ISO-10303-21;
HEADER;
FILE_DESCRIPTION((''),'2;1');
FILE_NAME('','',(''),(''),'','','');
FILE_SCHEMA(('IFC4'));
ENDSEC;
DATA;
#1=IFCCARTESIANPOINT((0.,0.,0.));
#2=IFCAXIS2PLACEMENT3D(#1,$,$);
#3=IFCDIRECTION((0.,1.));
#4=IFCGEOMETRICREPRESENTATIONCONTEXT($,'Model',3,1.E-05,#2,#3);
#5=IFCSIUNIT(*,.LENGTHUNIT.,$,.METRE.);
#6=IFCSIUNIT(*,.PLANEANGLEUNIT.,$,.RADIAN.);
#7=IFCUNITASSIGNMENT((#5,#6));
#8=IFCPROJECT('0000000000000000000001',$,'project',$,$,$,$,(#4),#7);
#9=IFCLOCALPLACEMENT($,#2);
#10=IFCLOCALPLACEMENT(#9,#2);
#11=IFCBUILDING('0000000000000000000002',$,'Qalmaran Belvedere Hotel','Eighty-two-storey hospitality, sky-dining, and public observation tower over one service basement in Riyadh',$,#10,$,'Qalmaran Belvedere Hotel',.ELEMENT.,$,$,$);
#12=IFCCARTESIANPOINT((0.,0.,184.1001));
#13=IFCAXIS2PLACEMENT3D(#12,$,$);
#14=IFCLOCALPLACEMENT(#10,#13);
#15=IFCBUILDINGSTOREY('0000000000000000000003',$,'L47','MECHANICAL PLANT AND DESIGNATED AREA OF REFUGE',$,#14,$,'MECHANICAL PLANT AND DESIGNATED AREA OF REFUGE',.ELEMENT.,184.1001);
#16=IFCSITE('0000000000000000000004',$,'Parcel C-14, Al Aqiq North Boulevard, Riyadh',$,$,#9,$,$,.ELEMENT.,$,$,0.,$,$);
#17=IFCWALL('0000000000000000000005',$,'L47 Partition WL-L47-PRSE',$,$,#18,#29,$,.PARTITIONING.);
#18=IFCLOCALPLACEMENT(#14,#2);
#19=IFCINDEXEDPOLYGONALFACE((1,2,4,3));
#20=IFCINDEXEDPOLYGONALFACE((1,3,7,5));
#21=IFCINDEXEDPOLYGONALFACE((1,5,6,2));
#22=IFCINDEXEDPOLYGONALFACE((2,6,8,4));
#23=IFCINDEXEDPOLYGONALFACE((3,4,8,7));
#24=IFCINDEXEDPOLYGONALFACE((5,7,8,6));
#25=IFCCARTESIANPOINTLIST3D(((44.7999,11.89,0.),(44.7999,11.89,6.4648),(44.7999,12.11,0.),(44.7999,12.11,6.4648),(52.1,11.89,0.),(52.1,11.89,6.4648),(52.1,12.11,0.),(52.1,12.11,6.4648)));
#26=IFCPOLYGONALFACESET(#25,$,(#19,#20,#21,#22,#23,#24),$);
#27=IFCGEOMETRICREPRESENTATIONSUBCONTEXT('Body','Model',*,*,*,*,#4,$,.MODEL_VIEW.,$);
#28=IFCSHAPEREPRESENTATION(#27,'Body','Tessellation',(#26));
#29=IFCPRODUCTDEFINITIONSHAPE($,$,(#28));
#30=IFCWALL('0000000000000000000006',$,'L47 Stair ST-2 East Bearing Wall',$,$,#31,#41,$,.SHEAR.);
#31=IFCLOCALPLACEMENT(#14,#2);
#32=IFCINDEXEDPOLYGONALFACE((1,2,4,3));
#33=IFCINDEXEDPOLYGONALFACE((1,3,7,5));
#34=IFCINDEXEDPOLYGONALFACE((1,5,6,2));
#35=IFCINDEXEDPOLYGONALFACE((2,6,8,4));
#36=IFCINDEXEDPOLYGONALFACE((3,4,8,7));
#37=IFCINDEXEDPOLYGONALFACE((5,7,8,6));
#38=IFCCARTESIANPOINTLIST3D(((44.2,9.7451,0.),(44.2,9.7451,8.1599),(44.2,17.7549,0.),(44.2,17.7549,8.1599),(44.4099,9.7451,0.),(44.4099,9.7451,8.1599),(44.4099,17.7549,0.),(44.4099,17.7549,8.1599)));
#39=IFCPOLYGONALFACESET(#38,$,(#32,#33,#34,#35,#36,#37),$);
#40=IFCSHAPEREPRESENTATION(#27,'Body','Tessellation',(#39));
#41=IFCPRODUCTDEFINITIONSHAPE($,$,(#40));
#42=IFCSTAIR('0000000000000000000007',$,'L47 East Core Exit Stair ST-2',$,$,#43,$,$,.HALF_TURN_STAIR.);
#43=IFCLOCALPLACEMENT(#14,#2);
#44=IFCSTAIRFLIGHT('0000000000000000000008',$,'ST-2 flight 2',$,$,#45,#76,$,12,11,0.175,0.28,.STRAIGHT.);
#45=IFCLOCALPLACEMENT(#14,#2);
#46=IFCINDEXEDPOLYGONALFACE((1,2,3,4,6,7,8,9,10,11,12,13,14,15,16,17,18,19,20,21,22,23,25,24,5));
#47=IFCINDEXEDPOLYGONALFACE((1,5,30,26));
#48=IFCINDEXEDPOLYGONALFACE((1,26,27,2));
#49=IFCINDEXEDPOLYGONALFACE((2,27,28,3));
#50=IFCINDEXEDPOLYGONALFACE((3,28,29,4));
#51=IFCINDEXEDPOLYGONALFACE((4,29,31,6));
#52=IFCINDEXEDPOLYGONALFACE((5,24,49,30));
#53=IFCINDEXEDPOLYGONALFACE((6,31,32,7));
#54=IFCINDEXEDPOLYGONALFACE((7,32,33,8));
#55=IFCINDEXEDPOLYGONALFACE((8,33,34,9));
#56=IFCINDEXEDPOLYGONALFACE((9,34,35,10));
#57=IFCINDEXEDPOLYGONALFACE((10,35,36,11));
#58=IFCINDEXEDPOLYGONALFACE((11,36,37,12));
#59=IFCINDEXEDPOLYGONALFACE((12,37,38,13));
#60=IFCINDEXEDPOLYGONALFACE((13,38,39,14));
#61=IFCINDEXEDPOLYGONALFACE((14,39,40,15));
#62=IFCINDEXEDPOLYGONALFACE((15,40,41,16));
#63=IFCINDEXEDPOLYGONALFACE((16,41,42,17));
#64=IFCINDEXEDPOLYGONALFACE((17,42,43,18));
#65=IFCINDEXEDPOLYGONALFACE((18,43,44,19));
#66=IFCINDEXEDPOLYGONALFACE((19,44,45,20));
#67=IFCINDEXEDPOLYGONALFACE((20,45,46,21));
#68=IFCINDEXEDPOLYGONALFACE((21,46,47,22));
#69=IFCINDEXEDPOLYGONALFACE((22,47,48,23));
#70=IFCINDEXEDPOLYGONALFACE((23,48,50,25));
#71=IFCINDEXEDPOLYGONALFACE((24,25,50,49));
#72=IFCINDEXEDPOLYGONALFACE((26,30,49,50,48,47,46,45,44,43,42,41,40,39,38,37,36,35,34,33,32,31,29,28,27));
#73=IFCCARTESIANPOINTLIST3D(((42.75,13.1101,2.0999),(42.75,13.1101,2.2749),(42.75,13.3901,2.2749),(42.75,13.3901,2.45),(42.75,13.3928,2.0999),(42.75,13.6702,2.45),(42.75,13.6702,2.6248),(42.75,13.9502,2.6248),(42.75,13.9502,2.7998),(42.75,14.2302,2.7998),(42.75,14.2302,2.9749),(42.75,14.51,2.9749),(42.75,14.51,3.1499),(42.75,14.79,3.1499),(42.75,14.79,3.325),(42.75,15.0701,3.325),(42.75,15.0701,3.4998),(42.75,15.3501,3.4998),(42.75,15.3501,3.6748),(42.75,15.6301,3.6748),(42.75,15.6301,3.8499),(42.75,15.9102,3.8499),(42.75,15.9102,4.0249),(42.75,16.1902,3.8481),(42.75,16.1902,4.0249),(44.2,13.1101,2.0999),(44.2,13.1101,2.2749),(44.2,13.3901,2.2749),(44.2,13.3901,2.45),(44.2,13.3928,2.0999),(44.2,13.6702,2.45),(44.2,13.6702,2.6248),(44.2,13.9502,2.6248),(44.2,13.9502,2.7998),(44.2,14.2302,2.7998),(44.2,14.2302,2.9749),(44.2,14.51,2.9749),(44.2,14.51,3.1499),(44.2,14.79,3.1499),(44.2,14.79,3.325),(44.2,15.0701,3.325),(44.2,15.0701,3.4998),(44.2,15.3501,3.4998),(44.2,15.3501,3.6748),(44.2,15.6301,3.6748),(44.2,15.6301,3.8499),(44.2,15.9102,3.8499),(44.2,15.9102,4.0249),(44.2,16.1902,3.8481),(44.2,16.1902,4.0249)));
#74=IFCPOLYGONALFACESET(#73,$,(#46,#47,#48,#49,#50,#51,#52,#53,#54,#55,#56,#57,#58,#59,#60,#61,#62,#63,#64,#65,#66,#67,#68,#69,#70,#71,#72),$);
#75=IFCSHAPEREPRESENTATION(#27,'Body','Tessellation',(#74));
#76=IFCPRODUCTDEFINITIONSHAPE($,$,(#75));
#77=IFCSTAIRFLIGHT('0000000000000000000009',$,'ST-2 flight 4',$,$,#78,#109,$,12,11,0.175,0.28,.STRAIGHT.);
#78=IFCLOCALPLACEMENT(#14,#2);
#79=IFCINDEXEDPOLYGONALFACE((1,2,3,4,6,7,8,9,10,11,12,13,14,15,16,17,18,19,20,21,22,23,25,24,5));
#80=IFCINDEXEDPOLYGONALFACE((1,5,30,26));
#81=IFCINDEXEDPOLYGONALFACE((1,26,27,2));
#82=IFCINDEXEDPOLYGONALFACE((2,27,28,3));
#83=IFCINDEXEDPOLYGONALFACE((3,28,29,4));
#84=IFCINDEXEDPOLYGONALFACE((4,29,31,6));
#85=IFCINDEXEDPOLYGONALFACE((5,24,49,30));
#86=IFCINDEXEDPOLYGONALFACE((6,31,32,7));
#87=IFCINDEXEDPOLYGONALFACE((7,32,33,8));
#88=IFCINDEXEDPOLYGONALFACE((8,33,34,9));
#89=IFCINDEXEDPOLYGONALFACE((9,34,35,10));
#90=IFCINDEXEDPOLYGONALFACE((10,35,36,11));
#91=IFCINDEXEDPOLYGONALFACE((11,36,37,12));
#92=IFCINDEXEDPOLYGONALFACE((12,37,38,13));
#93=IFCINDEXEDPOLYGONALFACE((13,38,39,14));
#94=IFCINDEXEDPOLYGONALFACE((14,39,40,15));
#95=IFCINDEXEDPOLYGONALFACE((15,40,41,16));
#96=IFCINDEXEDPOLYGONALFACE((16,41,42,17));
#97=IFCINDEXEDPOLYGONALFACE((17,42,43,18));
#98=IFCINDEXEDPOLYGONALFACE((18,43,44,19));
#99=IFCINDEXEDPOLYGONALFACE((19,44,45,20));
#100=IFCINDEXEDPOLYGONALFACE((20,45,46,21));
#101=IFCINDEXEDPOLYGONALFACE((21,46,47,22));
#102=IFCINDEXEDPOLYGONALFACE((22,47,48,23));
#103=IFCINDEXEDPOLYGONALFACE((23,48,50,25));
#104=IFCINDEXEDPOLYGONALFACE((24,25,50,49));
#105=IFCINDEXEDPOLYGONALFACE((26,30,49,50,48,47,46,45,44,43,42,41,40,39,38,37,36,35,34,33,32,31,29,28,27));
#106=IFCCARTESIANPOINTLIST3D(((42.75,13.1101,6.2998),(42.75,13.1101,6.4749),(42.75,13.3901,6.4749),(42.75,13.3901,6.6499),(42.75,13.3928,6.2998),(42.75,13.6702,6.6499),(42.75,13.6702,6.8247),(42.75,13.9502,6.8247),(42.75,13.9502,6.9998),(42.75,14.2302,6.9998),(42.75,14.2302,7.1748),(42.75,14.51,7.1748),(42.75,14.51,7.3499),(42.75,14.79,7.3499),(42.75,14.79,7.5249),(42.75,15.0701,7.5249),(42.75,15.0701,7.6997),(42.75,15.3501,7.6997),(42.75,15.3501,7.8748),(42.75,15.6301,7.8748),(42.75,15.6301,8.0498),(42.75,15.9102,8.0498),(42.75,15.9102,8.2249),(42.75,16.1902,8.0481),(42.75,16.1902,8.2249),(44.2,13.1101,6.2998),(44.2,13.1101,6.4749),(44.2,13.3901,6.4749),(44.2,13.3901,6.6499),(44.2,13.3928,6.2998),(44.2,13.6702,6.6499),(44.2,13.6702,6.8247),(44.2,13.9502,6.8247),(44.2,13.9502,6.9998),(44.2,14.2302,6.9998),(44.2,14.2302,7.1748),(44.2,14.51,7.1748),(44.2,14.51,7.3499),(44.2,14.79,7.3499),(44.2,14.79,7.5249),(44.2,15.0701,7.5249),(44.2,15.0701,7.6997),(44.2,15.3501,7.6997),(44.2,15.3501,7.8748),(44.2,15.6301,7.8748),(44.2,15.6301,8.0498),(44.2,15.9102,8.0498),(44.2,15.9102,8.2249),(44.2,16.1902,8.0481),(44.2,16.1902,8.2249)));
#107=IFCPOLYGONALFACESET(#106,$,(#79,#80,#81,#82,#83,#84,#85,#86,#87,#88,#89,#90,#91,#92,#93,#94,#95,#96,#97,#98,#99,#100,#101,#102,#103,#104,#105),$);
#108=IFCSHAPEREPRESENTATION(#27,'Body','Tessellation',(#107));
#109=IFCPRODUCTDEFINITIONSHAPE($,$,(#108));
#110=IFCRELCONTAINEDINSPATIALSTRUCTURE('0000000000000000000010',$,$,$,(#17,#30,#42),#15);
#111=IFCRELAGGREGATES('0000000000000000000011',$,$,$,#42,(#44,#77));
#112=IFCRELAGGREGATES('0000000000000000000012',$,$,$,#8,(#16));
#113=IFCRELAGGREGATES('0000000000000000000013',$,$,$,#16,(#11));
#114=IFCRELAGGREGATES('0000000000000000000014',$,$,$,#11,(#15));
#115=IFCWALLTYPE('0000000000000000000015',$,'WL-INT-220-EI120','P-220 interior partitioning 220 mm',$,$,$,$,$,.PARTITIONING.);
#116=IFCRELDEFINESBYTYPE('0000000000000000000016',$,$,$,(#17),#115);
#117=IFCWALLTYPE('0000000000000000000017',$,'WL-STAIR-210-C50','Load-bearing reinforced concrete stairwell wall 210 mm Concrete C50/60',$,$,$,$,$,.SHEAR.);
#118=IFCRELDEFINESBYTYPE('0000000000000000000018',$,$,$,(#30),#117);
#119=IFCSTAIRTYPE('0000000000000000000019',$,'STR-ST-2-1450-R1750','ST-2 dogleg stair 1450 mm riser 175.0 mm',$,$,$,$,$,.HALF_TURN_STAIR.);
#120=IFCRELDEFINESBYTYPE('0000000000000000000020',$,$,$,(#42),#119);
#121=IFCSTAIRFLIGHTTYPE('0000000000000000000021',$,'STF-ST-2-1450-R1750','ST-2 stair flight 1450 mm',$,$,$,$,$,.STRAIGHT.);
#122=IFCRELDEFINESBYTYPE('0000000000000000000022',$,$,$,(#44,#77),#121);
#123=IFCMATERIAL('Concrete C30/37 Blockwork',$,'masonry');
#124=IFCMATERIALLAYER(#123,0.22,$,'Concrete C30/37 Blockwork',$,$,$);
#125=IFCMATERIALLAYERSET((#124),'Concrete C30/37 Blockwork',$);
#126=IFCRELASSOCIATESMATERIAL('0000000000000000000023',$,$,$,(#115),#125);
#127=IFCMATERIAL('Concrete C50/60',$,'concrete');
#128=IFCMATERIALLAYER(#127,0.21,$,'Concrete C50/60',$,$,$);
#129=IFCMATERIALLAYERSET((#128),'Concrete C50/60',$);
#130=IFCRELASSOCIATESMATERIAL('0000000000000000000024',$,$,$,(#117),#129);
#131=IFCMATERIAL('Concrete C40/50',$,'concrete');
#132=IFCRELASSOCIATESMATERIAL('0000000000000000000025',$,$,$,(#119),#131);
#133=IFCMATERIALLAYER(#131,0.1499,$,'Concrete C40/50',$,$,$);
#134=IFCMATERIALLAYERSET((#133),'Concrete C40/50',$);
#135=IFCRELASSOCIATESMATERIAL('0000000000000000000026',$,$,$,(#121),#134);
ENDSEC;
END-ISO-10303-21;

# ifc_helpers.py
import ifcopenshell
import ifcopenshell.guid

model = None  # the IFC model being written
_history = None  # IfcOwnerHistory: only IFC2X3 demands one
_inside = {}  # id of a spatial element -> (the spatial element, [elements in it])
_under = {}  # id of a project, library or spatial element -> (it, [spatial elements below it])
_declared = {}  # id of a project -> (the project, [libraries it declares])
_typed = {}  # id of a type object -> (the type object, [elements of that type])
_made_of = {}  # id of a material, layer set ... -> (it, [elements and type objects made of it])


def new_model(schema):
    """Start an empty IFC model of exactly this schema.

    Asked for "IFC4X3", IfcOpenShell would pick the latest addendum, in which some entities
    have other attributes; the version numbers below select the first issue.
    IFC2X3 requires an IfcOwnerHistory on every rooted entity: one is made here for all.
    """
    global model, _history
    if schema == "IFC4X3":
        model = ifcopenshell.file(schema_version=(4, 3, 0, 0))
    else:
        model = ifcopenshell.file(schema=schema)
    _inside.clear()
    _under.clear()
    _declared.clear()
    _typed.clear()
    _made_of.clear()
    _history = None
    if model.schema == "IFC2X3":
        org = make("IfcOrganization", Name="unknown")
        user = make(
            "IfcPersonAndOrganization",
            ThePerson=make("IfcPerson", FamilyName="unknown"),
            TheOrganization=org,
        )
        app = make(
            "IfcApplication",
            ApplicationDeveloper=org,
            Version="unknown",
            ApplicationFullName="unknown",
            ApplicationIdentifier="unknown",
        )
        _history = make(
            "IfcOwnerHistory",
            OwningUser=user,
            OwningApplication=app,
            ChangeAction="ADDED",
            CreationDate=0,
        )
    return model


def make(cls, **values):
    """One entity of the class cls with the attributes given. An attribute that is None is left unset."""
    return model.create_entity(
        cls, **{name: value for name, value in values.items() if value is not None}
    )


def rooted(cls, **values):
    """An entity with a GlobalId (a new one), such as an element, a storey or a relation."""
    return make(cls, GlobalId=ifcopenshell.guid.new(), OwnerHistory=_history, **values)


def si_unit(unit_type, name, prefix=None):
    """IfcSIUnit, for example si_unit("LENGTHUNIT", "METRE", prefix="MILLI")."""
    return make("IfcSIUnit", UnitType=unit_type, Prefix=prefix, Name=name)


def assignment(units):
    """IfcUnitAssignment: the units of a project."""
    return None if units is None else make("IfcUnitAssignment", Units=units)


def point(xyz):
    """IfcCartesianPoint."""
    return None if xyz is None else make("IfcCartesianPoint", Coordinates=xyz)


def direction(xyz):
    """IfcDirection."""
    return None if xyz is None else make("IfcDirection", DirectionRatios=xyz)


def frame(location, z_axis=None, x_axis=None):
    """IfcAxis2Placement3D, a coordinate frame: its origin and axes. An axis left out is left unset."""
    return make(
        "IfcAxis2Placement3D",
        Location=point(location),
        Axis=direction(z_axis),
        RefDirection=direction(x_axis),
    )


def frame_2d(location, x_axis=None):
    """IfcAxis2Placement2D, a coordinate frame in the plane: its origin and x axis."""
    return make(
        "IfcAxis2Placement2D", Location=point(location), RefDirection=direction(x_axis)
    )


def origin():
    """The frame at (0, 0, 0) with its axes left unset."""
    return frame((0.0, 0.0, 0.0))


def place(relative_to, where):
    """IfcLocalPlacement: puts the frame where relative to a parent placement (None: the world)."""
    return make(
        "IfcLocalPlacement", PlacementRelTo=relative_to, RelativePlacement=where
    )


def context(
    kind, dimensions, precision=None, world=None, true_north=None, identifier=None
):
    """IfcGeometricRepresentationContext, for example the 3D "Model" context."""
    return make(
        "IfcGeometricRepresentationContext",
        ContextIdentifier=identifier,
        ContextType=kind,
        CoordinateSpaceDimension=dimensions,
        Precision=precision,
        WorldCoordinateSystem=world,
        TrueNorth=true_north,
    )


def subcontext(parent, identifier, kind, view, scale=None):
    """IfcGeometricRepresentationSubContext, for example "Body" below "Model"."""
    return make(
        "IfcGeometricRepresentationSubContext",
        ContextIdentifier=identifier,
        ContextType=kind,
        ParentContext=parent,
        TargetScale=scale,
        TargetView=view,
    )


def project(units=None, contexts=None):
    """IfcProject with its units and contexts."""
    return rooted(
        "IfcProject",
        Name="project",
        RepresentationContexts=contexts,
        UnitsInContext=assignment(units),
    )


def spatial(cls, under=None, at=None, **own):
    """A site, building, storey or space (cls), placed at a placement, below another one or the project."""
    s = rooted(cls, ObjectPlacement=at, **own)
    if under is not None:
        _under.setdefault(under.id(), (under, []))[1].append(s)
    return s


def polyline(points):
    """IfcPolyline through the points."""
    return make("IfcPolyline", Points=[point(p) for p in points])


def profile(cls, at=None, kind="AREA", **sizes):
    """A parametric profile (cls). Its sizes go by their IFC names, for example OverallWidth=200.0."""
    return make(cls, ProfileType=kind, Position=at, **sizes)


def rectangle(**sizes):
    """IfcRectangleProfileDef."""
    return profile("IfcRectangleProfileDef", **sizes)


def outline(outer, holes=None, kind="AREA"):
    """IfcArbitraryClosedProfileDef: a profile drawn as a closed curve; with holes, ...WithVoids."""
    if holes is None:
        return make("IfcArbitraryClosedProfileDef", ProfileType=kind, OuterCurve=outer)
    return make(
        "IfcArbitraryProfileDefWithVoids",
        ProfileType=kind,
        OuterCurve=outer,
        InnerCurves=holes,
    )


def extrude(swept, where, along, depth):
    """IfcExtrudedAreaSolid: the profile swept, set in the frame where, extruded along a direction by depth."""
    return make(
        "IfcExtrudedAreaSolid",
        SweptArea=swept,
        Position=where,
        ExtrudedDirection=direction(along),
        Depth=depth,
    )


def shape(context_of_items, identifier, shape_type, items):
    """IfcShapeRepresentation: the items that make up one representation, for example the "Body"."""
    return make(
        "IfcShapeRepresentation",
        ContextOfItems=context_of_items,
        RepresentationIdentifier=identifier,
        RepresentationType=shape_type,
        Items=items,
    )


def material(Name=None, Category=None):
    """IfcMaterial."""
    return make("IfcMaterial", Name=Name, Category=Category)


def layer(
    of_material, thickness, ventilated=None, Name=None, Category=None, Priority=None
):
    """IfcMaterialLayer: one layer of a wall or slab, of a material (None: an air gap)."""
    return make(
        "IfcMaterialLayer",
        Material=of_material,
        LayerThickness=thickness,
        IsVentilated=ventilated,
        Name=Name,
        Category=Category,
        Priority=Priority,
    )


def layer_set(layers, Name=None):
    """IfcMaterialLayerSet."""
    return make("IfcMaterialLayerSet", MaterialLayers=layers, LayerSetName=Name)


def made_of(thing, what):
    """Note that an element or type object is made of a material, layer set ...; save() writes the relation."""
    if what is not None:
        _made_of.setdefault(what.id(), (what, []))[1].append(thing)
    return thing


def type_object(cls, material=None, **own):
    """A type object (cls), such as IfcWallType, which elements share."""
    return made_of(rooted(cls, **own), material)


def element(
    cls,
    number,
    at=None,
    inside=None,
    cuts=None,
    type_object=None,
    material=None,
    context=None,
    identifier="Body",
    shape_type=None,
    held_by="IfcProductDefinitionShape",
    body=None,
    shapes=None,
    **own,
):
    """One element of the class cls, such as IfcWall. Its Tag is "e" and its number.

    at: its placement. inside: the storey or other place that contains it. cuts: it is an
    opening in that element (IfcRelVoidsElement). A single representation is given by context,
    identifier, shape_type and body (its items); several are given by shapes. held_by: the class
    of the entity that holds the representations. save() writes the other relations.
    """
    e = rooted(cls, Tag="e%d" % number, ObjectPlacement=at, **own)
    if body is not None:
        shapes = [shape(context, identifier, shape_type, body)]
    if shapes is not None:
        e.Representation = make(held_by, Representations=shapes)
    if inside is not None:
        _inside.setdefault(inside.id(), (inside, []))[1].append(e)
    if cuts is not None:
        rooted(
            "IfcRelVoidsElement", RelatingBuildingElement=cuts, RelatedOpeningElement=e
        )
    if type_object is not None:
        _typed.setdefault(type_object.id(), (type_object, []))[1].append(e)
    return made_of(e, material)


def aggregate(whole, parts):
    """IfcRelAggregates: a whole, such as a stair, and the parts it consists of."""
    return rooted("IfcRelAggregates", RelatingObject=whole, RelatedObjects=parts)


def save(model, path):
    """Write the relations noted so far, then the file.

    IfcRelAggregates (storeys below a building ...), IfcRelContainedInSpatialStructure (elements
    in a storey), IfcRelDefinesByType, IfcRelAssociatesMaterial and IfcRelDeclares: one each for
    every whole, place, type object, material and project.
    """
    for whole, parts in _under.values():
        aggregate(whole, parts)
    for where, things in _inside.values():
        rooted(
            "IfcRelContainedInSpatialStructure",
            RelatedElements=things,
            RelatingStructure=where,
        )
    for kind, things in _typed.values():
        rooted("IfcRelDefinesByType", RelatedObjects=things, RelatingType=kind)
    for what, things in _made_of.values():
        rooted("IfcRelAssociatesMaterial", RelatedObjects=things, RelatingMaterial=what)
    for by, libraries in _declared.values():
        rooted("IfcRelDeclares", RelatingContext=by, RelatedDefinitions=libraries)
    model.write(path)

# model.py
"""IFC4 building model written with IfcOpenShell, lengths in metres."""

from ifc_helpers import new_model, si_unit, direction, frame, frame_2d, origin, place, context, subcontext, project, spatial, polyline, rectangle, outline, extrude, material, layer, layer_set, type_object, element, aggregate, save


model = new_model("IFC4")

# Units and contexts
model_context = context("Model", 3, precision=1e-05, world=origin(), true_north=direction((0.0, 1.0)))
body_context = subcontext(model_context, "Body", "Model", "MODEL_VIEW")
ifc_project = project(units=[si_unit("LENGTHUNIT", "METRE"), si_unit("PLANEANGLEUNIT", "RADIAN")], contexts=[model_context])

# Site, building, storey
site_placement = place(None, origin())
site = spatial("IfcSite", under=ifc_project, at=site_placement, Name="Parcel C-14, Al Aqiq North Boulevard, Riyadh", CompositionType="ELEMENT", RefElevation=0.0)
building_placement = place(site_placement, origin())
building = spatial("IfcBuilding", under=site, at=building_placement, Name="Qalmaran Belvedere Hotel", Description="Eighty-two-storey hospitality, sky-dining, and public observation tower over one service basement in Riyadh", LongName="Qalmaran Belvedere Hotel", CompositionType="ELEMENT")
storey_placement = place(building_placement, frame((0.0, 0.0, 184.1001)))
storey = spatial("IfcBuildingStorey", under=building, at=storey_placement, Name="L47", Description="MECHANICAL PLANT AND DESIGNATED AREA OF REFUGE", LongName="MECHANICAL PLANT AND DESIGNATED AREA OF REFUGE", CompositionType="ELEMENT", Elevation=184.1001)

# Shared definitions
ifc_material_1 = material(Name="Concrete C50/60", Category="concrete")

# Shared definitions
ifc_material_2 = material(Name="Concrete C30/37 Blockwork", Category="masonry")

# Walls
ifc_layer_1 = layer(ifc_material_2, 0.22, Name="Concrete C30/37 Blockwork")
ifc_layer_set_1 = layer_set([ifc_layer_1], Name="Concrete C30/37 Blockwork")
wall_type_1 = type_object("IfcWallType", Name="WL-INT-220-EI120", Description="P-220 interior partitioning 220 mm", PredefinedType="PARTITIONING", material=ifc_layer_set_1)
wall_1_placement = place(storey_placement, frame((44.8, 12.0, 0.0), z_axis=(0.0, 0.0, 1.0), x_axis=(1.0, 0.0, 0.0)))
element("IfcWall", 1, at=wall_1_placement, inside=storey, type_object=wall_type_1, Name="L47 Partition WL-L47-PRSE", PredefinedType="PARTITIONING", context=body_context, shape_type="SweptSolid", body=[
    extrude(rectangle(XDim=7.3, YDim=0.22, at=frame_2d((3.6499, 0.0))), origin(), (0.0, 0.0, 1.0), 6.4648),
])
ifc_layer_2 = layer(ifc_material_1, 0.21, Name="Concrete C50/60")
ifc_layer_set_2 = layer_set([ifc_layer_2], Name="Concrete C50/60")
wall_type_2 = type_object("IfcWallType", Name="WL-STAIR-210-C50", Description="Load-bearing reinforced concrete stairwell wall 210 mm Concrete C50/60", PredefinedType="SHEAR", material=ifc_layer_set_2)
wall_2_placement = place(storey_placement, frame((44.3049, 9.7451, 0.0), z_axis=(0.0, 0.0, 1.0), x_axis=(0.0, 1.0, 0.0)))
element("IfcWall", 2, at=wall_2_placement, inside=storey, type_object=wall_type_2, Name="L47 Stair ST-2 East Bearing Wall", PredefinedType="SHEAR", context=body_context, shape_type="SweptSolid", body=[
    extrude(rectangle(XDim=8.0098, YDim=0.21, at=frame_2d((4.0049, 0.0))), origin(), (0.0, 0.0, 1.0), 8.1599),
])

# Stair, stair flights
ifc_material_3 = material(Name="Concrete C40/50", Category="concrete")
stair_type = type_object("IfcStairType", Name="STR-ST-2-1450-R1750", Description="ST-2 dogleg stair 1450 mm riser 175.0 mm", PredefinedType="HALF_TURN_STAIR", material=ifc_material_3)
stair_placement = place(storey_placement, origin())
stair = element("IfcStair", 3, at=stair_placement, inside=storey, type_object=stair_type, Name="L47 East Core Exit Stair ST-2", PredefinedType="HALF_TURN_STAIR")
ifc_layer_3 = layer(ifc_material_3, 0.1499, Name="Concrete C40/50")
ifc_layer_set_3 = layer_set([ifc_layer_3], Name="Concrete C40/50")
stair_flight_type = type_object("IfcStairFlightType", Name="STF-ST-2-1450-R1750", Description="ST-2 stair flight 1450 mm", PredefinedType="STRAIGHT", material=ifc_layer_set_3)
stair_flight_1_placement = place(storey_placement, frame((43.4751, 13.1101, 2.0999), z_axis=(0.0, 0.0, 1.0), x_axis=(0.0, 1.0, 0.0)))
stair_flight_1 = element("IfcStairFlight", 4, at=stair_flight_1_placement, type_object=stair_flight_type, Name="ST-2 flight 2", NumberOfRisers=12, NumberOfTreads=11, PredefinedType="STRAIGHT", RiserHeight=0.175, TreadLength=0.28, context=body_context, shape_type="SweptSolid", body=[
    extrude(outline(polyline([(0.0, 0.0), (0.0, 0.175), (0.28, 0.175), (0.28, 0.3501), (0.5601, 0.3501), (0.5601, 0.5249), (0.8401, 0.5249), (0.8401, 0.7), (1.1201, 0.7), (1.1201, 0.875), (1.3999, 0.875), (1.3999, 1.05), (1.6799, 1.05), (1.6799, 1.2251), (1.96, 1.2251), (1.96, 1.3999), (2.24, 1.3999), (2.24, 1.575), (2.52, 1.575), (2.52, 1.75), (2.8, 1.75), (2.8, 1.925), (3.0801, 1.925), (3.0801, 2.1001), (3.0801, 1.7483), (0.2827, 0.0), (0.0, 0.0)])), frame((0.0, 0.7251, 0.0), z_axis=(0.0, -1.0, 0.0), x_axis=(1.0, 0.0, 0.0)), (0.0, 0.0, 1.0), 1.45),
])
stair_flight_2_placement = place(storey_placement, frame((43.4751, 13.1101, 6.2998), z_axis=(0.0, 0.0, 1.0), x_axis=(0.0, 1.0, 0.0)))
stair_flight_2 = element("IfcStairFlight", 5, at=stair_flight_2_placement, type_object=stair_flight_type, Name="ST-2 flight 4", NumberOfRisers=12, NumberOfTreads=11, PredefinedType="STRAIGHT", RiserHeight=0.175, TreadLength=0.28, context=body_context, shape_type="SweptSolid", body=[
    extrude(outline(polyline([(0.0, 0.0), (0.0, 0.175), (0.28, 0.175), (0.28, 0.3501), (0.5601, 0.3501), (0.5601, 0.5249), (0.8401, 0.5249), (0.8401, 0.7), (1.1201, 0.7), (1.1201, 0.875), (1.3999, 0.875), (1.3999, 1.05), (1.6799, 1.05), (1.6799, 1.2251), (1.96, 1.2251), (1.96, 1.3999), (2.24, 1.3999), (2.24, 1.575), (2.52, 1.575), (2.52, 1.75), (2.8, 1.75), (2.8, 1.925), (3.0801, 1.925), (3.0801, 2.1001), (3.0801, 1.7483), (0.2827, 0.0), (0.0, 0.0)])), frame((0.0, 0.7251, 0.0), z_axis=(0.0, -1.0, 0.0), x_axis=(1.0, 0.0, 0.0)), (0.0, 0.0, 1.0), 1.45),
])
aggregate(stair, [stair_flight_1, stair_flight_2])

save(model, "model.ifc")
